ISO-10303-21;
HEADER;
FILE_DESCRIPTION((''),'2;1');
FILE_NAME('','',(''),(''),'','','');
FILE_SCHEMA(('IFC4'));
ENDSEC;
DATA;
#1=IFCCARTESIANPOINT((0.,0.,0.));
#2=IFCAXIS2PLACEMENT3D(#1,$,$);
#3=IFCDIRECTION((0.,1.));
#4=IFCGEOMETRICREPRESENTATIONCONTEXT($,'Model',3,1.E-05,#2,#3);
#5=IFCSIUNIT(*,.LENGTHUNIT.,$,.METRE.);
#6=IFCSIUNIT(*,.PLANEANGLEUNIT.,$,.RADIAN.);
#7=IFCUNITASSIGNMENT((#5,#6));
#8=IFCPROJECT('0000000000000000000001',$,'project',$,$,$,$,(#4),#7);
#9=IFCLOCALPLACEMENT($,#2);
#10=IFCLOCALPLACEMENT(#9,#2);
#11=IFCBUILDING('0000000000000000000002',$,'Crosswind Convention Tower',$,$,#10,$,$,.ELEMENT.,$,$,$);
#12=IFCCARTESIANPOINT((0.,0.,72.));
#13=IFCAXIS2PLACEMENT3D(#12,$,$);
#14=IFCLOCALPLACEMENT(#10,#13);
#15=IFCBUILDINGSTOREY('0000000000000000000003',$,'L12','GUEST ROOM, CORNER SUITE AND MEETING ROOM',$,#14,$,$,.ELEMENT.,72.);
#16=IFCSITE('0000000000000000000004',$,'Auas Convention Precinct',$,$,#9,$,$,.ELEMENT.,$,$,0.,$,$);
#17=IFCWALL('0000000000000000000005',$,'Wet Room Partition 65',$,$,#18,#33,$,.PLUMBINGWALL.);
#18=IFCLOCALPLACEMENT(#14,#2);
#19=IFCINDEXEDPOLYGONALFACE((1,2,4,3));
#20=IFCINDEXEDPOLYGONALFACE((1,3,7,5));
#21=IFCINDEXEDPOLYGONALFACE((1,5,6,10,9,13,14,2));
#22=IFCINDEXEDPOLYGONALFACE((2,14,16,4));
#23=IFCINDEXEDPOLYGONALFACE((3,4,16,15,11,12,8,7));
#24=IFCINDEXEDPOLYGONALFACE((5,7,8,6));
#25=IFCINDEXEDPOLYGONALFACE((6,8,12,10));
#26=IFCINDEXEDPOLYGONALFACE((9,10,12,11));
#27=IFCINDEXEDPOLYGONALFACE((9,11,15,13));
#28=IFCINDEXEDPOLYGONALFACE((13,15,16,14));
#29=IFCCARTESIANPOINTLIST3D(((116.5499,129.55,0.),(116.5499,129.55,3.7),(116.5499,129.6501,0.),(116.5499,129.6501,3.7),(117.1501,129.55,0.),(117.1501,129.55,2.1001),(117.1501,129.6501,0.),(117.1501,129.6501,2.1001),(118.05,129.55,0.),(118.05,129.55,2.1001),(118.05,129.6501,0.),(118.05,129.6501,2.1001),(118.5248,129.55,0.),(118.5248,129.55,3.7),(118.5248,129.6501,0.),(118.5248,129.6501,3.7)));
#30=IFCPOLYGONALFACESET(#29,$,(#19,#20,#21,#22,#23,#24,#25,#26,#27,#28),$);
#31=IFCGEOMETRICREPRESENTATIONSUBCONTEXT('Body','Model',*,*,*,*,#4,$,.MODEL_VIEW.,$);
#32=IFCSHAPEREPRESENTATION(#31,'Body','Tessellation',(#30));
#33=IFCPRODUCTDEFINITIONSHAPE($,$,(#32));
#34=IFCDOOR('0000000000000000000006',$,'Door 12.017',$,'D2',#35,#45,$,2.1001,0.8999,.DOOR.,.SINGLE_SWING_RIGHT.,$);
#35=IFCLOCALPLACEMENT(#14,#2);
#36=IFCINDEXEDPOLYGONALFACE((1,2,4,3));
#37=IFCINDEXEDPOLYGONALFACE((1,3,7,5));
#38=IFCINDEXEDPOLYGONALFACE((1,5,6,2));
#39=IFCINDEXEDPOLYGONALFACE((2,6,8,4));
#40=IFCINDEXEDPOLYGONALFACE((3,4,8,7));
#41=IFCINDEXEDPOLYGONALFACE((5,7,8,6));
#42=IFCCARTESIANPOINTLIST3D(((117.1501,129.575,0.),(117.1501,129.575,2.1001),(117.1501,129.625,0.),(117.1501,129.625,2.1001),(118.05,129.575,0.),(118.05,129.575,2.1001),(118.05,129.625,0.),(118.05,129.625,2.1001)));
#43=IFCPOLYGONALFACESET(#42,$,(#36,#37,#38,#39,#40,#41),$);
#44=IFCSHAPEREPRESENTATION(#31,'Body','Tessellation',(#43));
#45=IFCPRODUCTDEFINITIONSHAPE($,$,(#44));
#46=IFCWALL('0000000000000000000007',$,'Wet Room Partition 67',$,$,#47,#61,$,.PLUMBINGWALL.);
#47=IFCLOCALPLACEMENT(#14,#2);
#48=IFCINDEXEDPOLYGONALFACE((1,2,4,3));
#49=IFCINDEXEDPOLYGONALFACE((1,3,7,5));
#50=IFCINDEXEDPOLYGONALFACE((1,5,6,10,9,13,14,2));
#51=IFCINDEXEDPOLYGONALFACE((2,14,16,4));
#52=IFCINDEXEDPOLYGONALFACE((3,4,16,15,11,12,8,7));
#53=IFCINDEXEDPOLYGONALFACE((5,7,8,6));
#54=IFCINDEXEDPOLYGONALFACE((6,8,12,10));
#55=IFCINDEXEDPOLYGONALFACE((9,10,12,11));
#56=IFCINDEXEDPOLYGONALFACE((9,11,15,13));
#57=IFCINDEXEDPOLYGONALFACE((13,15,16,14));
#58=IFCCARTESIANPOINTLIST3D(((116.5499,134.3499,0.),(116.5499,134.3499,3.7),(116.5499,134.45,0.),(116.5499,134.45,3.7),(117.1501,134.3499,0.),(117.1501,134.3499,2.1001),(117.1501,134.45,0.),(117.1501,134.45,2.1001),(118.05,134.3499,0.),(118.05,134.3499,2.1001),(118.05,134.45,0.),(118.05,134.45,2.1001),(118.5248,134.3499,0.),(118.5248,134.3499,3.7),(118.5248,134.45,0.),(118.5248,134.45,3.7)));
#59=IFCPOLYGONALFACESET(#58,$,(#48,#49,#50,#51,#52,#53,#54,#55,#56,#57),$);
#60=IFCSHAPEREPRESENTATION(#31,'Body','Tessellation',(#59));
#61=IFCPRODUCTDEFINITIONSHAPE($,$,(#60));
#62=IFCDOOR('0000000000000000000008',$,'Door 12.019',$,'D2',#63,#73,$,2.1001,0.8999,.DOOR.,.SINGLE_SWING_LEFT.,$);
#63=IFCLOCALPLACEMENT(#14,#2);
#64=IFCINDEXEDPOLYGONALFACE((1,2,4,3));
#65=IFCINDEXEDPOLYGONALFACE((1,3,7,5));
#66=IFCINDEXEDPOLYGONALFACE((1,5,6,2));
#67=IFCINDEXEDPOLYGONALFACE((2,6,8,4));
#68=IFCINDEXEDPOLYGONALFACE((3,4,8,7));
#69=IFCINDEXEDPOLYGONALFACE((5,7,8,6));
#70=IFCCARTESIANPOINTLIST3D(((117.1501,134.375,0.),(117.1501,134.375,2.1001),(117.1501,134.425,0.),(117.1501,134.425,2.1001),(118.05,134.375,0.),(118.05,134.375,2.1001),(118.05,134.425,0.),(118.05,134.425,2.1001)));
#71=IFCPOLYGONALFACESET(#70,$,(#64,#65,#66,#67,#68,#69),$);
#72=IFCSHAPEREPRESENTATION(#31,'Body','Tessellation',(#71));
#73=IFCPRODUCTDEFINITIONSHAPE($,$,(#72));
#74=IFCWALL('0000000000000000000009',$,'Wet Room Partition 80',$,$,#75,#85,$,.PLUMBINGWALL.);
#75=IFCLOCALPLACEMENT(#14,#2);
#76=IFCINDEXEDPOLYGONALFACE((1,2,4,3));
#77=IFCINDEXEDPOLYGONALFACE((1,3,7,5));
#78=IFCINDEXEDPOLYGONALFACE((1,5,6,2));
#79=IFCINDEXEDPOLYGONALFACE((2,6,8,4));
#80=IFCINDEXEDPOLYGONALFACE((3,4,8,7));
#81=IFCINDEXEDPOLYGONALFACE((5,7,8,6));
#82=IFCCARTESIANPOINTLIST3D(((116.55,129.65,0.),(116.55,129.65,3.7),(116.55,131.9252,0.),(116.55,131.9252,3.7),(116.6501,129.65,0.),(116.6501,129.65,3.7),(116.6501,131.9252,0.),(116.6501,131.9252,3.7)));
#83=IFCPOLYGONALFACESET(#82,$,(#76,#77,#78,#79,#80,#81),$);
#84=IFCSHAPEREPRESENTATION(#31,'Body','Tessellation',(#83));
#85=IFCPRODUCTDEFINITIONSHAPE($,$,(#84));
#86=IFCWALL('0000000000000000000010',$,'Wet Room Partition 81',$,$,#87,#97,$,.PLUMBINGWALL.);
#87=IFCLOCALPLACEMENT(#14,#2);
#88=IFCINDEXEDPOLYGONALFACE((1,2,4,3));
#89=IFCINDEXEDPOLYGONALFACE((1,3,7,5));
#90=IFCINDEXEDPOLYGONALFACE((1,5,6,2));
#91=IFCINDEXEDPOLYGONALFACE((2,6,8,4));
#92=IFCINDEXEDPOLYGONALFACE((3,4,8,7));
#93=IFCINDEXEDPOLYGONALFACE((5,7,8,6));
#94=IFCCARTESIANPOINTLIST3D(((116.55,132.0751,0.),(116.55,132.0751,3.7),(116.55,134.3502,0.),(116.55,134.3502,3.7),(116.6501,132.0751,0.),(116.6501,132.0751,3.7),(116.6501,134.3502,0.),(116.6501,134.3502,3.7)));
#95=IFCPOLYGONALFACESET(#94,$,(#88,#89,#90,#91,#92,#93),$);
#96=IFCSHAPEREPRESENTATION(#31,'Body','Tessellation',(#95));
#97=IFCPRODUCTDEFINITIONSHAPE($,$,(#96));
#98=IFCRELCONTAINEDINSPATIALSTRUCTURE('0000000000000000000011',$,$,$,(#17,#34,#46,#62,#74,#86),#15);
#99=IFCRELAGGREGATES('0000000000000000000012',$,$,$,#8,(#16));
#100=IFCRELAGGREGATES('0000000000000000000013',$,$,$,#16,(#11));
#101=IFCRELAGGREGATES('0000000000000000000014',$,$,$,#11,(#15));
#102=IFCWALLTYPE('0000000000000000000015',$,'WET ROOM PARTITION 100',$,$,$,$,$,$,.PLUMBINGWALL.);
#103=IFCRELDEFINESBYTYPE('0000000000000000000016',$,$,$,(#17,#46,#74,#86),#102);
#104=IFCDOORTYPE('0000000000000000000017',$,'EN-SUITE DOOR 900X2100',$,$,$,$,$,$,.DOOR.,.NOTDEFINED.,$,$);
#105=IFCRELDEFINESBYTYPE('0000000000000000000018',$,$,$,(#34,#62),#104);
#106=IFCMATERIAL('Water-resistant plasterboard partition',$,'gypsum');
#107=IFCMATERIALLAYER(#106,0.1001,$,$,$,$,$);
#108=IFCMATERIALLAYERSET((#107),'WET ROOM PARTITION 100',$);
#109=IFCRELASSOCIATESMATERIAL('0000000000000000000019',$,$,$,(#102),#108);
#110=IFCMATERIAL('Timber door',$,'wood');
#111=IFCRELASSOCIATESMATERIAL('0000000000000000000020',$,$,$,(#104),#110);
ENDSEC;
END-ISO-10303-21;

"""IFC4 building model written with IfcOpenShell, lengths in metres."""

from ifc_helpers import new_model, si_unit, direction, frame, frame_2d, origin, place, context, subcontext, project, spatial, rectangle, extrude, material, layer, layer_set, type_object, element, fill, save


model = new_model("IFC4")

# Units and contexts
model_context = context("Model", 3, precision=1e-05, world=origin(), true_north=direction((0.0, 1.0)))
body_context = subcontext(model_context, "Body", "Model", "MODEL_VIEW")
ifc_project = project(units=[si_unit("LENGTHUNIT", "METRE"), si_unit("PLANEANGLEUNIT", "RADIAN")], contexts=[model_context])

# Site, building, storey
site_placement = place(None, origin())
site = spatial("IfcSite", under=ifc_project, at=site_placement, Name="Auas Convention Precinct", CompositionType="ELEMENT", RefElevation=0.0)
building_placement = place(site_placement, origin())
building = spatial("IfcBuilding", under=site, at=building_placement, Name="Crosswind Convention Tower", CompositionType="ELEMENT")
storey_placement = place(building_placement, frame((0.0, 0.0, 72.0)))
storey = spatial("IfcBuildingStorey", under=building, at=storey_placement, Name="L12", Description="GUEST ROOM, CORNER SUITE AND MEETING ROOM", CompositionType="ELEMENT", Elevation=72.0)

# Walls, openings, doors
ifc_material_1 = material(Name="Water-resistant plasterboard partition", Category="gypsum")
ifc_layer_1 = layer(ifc_material_1, 0.1001)
ifc_layer_set_1 = layer_set([ifc_layer_1], Name="WET ROOM PARTITION 100")
wall_type_1 = type_object("IfcWallType", Name="WET ROOM PARTITION 100", PredefinedType="PLUMBINGWALL", material=ifc_layer_set_1)
wall_1_placement = place(storey_placement, frame((116.55, 129.6001, 0.0), z_axis=(0.0, 0.0, 1.0), x_axis=(1.0, 0.0, 0.0)))
wall_1 = element("IfcWall", 1, at=wall_1_placement, inside=storey, type_object=wall_type_1, Name="Wet Room Partition 65", PredefinedType="PLUMBINGWALL", context=body_context, shape_type="SweptSolid", body=[
    extrude(rectangle(XDim=1.9749, YDim=0.1001, at=frame_2d((0.9873, 0.0))), origin(), (0.0, 0.0, 1.0), 3.7),
])
opening_1_placement = place(wall_1_placement, frame((0.6001, 0.0, 0.0)))
opening_1 = element("IfcOpeningElement", 2, at=opening_1_placement, cuts=wall_1, PredefinedType="OPENING", context=body_context, shape_type="SweptSolid", body=[
    extrude(rectangle(XDim=0.8999, YDim=2.1001, at=frame_2d((0.45, 1.05))), frame((0.0, 0.0601, 0.0), z_axis=(0.0, -1.0, 0.0), x_axis=(1.0, 0.0, 0.0)), (0.0, 0.0, 1.0), 0.1201),
])
ifc_material_2 = material(Name="Timber door", Category="wood")
door_type_1 = type_object("IfcDoorType", Name="EN-SUITE DOOR 900X2100", OperationType="NOTDEFINED", PredefinedType="DOOR", material=ifc_material_2)
door_1_placement = place(opening_1_placement, origin())
door_1 = element("IfcDoor", 3, at=door_1_placement, inside=storey, type_object=door_type_1, Name="Door 12.017", ObjectType="D2", OperationType="SINGLE_SWING_RIGHT", OverallHeight=2.1001, OverallWidth=0.8999, PredefinedType="DOOR", context=body_context, shape_type="SweptSolid", body=[
    extrude(rectangle(XDim=0.8999, YDim=2.1001, at=frame_2d((0.45, 1.05))), frame((0.0, 0.0249, 0.0), z_axis=(0.0, -1.0, 0.0), x_axis=(1.0, 0.0, 0.0)), (0.0, 0.0, 1.0), 0.05),
])
fill(opening_1, door_1)
wall_2_placement = place(storey_placement, frame((116.55, 134.3999, 0.0), z_axis=(0.0, 0.0, 1.0), x_axis=(1.0, 0.0, 0.0)))
wall_2 = element("IfcWall", 4, at=wall_2_placement, inside=storey, type_object=wall_type_1, Name="Wet Room Partition 67", PredefinedType="PLUMBINGWALL", context=body_context, shape_type="SweptSolid", body=[
    extrude(rectangle(XDim=1.9749, YDim=0.1001, at=frame_2d((0.9873, 0.0))), origin(), (0.0, 0.0, 1.0), 3.7),
])
opening_2_placement = place(wall_2_placement, frame((0.6001, 0.0, 0.0)))
opening_2 = element("IfcOpeningElement", 5, at=opening_2_placement, cuts=wall_2, PredefinedType="OPENING", context=body_context, shape_type="SweptSolid", body=[
    extrude(rectangle(XDim=0.8999, YDim=2.1001, at=frame_2d((0.45, 1.05))), frame((0.0, 0.0601, 0.0), z_axis=(0.0, -1.0, 0.0), x_axis=(1.0, 0.0, 0.0)), (0.0, 0.0, 1.0), 0.1201),
])
door_2_placement = place(opening_2_placement, frame((0.8999, 0.0, 0.0), z_axis=(0.0, 0.0, 1.0), x_axis=(-1.0, 0.0, 0.0)))
door_2 = element("IfcDoor", 6, at=door_2_placement, inside=storey, type_object=door_type_1, Name="Door 12.019", ObjectType="D2", OperationType="SINGLE_SWING_LEFT", OverallHeight=2.1001, OverallWidth=0.8999, PredefinedType="DOOR", context=body_context, shape_type="SweptSolid", body=[
    extrude(rectangle(XDim=0.8999, YDim=2.1001, at=frame_2d((0.45, 1.05))), frame((0.0, 0.0249, 0.0), z_axis=(0.0, -1.0, 0.0), x_axis=(1.0, 0.0, 0.0)), (0.0, 0.0, 1.0), 0.05),
])
fill(opening_2, door_2)

# Walls
for number, where, z_axis, x_axis, name in (
    (7, (116.6001, 129.6499, 0.0), (0.0, 0.0, 1.0), (0.0, 1.0, 0.0), "Wet Room Partition 80"),
    (8, (116.6001, 132.075, 0.0), (0.0, 0.0, 1.0), (0.0, 1.0, 0.0), "Wet Room Partition 81"),
):
    element("IfcWall", number, at=place(storey_placement, frame(where, z_axis=z_axis, x_axis=x_axis)), inside=storey, type_object=wall_type_1, Name=name, PredefinedType="PLUMBINGWALL", context=body_context, shape_type="SweptSolid", body=[
        extrude(rectangle(XDim=2.2751, YDim=0.1001, at=frame_2d((1.1377, 0.0))), origin(), (0.0, 0.0, 1.0), 3.7),
    ])

save(model, "model.ifc")
